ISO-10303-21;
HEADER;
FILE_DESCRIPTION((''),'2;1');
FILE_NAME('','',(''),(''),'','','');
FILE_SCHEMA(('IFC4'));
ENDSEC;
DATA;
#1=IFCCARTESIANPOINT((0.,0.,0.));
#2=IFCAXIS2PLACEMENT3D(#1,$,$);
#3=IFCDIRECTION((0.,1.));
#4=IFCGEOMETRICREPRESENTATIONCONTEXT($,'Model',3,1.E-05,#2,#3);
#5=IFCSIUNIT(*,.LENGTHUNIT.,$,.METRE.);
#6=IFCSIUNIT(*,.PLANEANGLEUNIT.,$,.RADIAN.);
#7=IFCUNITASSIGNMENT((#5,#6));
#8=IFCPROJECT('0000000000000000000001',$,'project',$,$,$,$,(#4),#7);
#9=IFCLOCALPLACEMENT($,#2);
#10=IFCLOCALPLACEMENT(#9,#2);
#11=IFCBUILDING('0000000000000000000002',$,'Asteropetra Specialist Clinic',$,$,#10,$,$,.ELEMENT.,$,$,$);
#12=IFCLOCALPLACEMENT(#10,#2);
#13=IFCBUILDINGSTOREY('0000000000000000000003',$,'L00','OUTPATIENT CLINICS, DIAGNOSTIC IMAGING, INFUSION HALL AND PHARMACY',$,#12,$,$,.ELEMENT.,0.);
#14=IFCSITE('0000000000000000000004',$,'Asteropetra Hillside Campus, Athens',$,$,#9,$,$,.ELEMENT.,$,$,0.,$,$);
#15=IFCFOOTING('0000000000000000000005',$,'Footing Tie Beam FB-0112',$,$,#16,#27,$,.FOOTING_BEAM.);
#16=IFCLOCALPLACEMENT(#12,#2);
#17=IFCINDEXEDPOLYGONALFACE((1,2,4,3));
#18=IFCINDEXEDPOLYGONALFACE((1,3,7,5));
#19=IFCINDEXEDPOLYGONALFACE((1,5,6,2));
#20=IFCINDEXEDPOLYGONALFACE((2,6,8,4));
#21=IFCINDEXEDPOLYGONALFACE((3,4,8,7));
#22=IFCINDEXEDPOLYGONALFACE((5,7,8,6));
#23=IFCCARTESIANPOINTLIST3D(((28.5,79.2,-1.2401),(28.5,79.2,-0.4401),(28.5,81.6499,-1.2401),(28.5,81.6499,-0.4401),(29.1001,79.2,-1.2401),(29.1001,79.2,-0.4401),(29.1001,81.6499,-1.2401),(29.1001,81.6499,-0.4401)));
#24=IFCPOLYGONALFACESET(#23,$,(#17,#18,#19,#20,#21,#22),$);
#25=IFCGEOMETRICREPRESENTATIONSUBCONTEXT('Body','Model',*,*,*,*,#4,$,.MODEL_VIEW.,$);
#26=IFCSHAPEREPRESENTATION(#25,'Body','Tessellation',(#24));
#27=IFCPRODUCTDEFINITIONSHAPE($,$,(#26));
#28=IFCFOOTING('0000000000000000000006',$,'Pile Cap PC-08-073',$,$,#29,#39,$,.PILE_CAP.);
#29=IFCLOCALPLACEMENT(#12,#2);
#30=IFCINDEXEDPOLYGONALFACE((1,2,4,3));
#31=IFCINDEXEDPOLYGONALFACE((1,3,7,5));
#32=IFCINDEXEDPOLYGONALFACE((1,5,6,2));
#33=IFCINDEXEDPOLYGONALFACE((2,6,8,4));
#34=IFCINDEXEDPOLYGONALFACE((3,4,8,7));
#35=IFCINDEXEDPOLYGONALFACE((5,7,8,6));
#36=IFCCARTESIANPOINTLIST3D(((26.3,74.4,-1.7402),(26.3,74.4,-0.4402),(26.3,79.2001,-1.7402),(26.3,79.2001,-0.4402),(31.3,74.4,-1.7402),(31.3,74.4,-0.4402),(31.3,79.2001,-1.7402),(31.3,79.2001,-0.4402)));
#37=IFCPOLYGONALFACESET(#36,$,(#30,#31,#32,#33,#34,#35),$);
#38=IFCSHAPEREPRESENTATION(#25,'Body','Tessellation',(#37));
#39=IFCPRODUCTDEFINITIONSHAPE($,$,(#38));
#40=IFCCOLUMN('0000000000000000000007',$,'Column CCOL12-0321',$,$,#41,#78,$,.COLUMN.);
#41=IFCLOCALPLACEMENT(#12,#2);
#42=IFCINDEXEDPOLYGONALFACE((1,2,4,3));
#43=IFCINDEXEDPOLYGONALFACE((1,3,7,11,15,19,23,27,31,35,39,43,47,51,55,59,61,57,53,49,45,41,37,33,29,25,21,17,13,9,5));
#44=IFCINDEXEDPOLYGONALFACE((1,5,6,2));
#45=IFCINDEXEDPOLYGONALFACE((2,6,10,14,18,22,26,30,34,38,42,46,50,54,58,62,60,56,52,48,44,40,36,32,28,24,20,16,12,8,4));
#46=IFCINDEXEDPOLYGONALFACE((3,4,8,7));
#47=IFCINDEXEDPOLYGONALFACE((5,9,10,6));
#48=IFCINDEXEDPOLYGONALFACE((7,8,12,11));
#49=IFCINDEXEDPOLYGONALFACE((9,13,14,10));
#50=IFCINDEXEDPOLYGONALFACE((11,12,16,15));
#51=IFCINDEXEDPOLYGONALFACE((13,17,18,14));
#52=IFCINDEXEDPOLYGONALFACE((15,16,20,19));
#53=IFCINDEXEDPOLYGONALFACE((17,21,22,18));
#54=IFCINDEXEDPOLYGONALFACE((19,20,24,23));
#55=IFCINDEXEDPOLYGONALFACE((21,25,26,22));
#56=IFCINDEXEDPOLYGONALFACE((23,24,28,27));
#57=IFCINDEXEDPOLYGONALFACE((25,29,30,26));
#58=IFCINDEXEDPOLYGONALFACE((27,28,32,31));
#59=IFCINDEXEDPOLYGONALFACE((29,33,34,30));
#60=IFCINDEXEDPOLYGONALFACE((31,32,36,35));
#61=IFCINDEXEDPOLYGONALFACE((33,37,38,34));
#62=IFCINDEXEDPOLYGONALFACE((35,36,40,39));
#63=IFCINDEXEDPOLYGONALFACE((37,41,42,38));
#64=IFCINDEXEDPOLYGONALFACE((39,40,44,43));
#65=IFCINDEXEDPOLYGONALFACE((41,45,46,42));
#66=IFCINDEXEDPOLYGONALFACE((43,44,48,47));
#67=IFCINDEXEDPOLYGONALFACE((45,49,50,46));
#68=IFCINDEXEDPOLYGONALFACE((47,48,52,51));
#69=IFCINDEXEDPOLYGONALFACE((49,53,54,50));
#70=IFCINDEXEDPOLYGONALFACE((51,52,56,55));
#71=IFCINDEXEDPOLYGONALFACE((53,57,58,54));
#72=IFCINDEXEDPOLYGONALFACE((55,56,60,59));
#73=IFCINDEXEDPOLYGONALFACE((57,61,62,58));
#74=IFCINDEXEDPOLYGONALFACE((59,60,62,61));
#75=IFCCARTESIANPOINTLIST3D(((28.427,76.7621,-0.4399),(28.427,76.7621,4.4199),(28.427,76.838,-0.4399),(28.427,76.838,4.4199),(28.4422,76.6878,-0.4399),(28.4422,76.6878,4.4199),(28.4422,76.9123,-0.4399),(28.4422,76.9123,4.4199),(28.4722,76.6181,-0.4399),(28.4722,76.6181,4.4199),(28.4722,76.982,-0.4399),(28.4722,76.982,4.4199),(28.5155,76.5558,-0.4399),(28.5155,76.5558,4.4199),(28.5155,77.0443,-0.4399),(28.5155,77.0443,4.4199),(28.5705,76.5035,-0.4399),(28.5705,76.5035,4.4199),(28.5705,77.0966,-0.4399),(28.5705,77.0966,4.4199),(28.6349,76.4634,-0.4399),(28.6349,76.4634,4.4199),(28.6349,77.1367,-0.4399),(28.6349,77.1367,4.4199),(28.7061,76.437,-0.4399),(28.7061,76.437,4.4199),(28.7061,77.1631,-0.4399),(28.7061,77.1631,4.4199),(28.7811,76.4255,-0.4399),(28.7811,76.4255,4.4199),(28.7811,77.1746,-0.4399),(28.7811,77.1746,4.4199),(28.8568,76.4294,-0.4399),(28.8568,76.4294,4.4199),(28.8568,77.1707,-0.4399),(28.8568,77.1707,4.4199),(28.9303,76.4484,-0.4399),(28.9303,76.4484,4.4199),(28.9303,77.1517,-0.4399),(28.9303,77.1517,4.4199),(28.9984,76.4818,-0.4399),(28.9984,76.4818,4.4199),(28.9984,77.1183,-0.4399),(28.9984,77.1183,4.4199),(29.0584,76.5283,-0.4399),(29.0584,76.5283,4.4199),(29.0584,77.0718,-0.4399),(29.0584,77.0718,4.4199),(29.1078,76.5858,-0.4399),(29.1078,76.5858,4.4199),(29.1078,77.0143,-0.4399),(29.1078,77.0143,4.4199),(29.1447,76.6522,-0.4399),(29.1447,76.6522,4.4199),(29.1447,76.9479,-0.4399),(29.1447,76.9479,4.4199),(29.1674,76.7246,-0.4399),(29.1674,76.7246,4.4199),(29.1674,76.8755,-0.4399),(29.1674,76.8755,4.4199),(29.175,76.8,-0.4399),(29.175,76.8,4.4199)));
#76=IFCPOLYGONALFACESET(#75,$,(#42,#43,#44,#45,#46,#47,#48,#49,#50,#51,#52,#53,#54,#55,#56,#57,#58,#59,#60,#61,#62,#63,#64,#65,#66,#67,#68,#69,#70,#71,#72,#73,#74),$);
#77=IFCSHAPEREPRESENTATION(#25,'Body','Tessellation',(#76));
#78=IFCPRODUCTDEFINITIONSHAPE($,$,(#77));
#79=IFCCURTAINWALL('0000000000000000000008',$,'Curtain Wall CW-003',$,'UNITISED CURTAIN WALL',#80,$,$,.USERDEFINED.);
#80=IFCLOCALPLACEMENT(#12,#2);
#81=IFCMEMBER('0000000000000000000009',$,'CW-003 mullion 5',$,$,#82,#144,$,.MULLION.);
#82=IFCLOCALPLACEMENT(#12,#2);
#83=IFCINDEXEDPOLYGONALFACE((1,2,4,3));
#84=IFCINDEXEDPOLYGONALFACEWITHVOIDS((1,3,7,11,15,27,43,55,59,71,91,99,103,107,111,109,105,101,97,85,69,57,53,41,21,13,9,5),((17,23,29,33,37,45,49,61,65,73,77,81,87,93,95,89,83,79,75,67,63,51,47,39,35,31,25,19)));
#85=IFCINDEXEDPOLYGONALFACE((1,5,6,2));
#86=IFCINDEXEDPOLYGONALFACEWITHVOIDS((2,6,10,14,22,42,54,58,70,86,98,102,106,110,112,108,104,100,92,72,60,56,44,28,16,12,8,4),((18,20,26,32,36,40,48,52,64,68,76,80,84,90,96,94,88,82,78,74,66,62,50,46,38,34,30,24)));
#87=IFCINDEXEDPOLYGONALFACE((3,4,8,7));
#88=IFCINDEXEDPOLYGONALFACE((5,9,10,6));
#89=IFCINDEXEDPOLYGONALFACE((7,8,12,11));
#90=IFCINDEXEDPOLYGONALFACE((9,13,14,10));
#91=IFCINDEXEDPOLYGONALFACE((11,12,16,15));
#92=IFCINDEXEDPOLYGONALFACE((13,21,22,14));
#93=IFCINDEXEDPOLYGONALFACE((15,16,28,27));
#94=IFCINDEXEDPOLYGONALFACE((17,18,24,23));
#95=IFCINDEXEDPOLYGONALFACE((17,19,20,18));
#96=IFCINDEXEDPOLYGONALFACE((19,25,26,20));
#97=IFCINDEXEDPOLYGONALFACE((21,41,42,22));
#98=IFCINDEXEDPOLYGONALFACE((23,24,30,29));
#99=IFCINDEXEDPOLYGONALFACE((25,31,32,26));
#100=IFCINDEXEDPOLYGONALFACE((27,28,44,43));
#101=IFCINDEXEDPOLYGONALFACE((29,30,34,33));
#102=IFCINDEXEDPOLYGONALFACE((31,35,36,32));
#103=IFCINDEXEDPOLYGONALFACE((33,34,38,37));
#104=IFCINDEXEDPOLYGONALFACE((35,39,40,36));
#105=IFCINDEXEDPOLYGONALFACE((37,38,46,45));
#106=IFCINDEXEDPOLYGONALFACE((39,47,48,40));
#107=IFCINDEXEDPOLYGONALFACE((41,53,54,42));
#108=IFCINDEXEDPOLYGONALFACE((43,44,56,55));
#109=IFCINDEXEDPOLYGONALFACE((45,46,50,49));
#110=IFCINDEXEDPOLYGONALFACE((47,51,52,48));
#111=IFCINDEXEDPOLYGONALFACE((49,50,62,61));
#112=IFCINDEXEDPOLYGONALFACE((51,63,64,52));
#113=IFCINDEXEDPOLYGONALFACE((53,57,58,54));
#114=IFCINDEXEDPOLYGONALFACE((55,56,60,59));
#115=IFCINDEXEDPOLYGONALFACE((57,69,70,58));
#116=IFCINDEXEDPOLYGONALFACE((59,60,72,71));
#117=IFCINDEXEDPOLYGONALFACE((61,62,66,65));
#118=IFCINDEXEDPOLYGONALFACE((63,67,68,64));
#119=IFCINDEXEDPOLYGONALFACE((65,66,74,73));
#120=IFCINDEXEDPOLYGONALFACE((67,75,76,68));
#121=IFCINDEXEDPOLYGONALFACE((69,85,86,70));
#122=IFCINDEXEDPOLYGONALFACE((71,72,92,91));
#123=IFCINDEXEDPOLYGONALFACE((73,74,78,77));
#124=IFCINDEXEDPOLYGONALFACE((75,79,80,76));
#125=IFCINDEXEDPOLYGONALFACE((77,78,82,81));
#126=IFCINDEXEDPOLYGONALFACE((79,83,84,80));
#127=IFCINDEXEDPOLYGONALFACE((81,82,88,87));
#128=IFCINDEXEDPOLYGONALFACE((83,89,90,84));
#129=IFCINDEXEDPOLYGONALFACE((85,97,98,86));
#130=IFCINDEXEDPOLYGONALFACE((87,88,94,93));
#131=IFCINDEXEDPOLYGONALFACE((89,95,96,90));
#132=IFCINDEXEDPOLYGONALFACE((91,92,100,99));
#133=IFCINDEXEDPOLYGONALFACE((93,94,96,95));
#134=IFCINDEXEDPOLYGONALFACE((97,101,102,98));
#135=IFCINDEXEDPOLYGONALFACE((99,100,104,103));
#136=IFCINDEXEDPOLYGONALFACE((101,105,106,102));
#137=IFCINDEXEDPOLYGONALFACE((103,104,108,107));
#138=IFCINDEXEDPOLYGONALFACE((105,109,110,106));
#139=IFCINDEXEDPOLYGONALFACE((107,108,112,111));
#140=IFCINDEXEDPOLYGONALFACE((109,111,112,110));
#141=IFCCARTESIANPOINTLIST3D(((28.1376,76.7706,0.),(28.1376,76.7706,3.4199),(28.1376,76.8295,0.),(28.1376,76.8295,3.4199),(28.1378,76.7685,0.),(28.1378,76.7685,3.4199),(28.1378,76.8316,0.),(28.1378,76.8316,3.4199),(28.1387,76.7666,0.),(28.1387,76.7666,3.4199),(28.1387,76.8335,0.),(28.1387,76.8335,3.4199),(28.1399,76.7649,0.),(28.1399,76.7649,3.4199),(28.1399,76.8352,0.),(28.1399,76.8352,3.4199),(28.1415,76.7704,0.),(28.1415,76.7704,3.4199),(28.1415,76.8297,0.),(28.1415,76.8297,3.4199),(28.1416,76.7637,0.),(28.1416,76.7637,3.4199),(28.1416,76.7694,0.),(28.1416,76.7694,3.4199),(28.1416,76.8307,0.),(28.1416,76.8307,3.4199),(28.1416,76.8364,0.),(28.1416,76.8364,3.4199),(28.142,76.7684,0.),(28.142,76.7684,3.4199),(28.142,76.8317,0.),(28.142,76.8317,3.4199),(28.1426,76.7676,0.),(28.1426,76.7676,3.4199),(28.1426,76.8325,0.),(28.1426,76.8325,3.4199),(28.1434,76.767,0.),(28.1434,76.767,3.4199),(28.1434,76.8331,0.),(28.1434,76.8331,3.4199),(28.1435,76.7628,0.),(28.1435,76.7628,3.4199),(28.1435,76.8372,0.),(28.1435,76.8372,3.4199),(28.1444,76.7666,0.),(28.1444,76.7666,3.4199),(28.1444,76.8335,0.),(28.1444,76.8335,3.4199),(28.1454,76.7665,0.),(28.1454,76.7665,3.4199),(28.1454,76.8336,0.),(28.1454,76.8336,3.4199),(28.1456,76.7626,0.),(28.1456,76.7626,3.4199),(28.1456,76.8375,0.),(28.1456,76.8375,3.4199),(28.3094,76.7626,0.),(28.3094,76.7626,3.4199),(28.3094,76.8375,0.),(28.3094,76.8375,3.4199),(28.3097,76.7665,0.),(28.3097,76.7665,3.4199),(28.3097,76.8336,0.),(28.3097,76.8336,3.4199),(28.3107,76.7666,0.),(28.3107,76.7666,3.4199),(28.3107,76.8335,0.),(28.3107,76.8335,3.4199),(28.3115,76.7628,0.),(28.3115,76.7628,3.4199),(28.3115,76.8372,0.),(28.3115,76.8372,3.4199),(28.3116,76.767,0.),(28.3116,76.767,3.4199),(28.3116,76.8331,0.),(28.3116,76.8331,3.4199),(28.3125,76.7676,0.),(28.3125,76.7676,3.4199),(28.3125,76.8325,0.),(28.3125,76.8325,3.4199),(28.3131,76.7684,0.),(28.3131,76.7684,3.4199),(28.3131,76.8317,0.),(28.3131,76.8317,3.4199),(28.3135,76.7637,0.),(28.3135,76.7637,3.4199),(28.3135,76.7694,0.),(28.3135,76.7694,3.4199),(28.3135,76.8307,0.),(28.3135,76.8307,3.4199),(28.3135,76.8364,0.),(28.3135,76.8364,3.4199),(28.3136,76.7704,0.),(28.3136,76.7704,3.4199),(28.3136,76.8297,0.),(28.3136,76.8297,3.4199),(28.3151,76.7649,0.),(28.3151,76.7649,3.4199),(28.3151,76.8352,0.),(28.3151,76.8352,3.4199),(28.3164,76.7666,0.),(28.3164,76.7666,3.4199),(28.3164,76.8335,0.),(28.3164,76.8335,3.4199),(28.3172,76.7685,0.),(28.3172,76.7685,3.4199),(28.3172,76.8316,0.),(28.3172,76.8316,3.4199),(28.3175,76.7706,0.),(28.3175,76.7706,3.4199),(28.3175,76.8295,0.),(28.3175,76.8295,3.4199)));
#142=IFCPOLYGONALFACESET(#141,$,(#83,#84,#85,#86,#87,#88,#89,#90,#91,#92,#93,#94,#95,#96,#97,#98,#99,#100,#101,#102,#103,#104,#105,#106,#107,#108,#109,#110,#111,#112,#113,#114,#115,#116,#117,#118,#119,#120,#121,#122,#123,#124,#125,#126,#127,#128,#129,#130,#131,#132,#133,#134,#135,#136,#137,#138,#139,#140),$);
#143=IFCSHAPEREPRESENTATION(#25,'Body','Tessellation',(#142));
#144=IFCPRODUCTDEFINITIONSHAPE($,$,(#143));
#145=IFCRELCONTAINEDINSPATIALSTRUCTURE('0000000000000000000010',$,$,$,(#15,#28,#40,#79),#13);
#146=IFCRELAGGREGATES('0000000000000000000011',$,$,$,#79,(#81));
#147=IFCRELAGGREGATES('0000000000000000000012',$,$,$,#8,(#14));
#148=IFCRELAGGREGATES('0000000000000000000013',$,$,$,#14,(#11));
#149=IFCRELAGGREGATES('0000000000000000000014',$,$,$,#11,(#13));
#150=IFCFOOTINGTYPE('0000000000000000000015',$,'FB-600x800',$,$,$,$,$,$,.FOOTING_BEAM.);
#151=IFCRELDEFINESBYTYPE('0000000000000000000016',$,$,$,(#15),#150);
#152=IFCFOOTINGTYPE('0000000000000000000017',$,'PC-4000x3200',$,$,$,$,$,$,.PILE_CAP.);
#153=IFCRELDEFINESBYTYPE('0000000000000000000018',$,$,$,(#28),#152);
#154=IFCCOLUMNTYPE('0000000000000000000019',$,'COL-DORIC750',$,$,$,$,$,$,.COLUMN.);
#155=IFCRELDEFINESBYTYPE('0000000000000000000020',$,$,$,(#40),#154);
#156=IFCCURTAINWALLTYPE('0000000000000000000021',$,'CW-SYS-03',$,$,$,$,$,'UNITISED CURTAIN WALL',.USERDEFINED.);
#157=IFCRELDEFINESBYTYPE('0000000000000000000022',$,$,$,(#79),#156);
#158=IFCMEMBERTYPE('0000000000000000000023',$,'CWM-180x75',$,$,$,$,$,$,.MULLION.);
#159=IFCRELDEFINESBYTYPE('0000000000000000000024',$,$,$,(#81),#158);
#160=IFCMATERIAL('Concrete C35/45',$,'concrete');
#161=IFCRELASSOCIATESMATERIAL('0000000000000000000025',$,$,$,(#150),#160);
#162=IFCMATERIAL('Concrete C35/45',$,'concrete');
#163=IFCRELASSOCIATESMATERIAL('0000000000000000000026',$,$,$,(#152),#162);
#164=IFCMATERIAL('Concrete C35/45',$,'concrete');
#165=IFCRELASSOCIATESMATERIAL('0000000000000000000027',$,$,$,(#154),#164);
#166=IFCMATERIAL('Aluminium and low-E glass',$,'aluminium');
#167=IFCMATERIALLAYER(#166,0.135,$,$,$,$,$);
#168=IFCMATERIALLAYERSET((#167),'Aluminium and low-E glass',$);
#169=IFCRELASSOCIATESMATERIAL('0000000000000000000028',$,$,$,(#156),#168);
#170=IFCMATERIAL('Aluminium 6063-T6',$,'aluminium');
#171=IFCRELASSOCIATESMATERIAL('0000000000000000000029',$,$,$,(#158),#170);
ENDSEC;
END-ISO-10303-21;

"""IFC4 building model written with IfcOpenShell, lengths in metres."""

from ifc_helpers import new_model, si_unit, direction, frame, origin, origin_2d, place, context, subcontext, project, spatial, rectangle, hollow_rectangle, circle, extrude, material, layer, layer_set, material_profile, profile_set, type_object, element, aggregate, save


model = new_model("IFC4")

# Units and contexts
model_context = context("Model", 3, precision=1e-05, world=origin(), true_north=direction((0.0, 1.0)))
body_context = subcontext(model_context, "Body", "Model", "MODEL_VIEW")
ifc_project = project(units=[si_unit("LENGTHUNIT", "METRE"), si_unit("PLANEANGLEUNIT", "RADIAN")], contexts=[model_context])

# Site, building, storey
site_placement = place(None, origin())
site = spatial("IfcSite", under=ifc_project, at=site_placement, Name="Asteropetra Hillside Campus, Athens", CompositionType="ELEMENT", RefElevation=0.0)
building_placement = place(site_placement, origin())
building = spatial("IfcBuilding", under=site, at=building_placement, Name="Asteropetra Specialist Clinic", CompositionType="ELEMENT")
storey_placement = place(building_placement, origin())
storey = spatial("IfcBuildingStorey", under=building, at=storey_placement, Name="L00", Description="OUTPATIENT CLINICS, DIAGNOSTIC IMAGING, INFUSION HALL AND PHARMACY", CompositionType="ELEMENT", Elevation=0.0)

# Footings
ifc_material_1 = material(Name="Concrete C35/45", Category="concrete")
ifc_material_profile_1 = material_profile(ifc_material_1, rectangle(XDim=0.6001, YDim=0.8, at=origin_2d()), Name="FB 600x800")
ifc_profile_set_1 = profile_set([ifc_material_profile_1], Name="Concrete C35/45")
footing_type_1 = type_object("IfcFootingType", Name="FB-600x800", PredefinedType="FOOTING_BEAM", material=ifc_profile_set_1)
footing_1_placement = place(storey_placement, frame((28.8, 79.2, -0.8401), z_axis=(0.0, 1.0, 0.0), x_axis=(-1.0, 0.0, 0.0)))
element("IfcFooting", 1, at=footing_1_placement, inside=storey, type_object=footing_type_1, Name="Footing Tie Beam FB-0112", PredefinedType="FOOTING_BEAM", context=body_context, shape_type="SweptSolid", body=[
    extrude(rectangle(XDim=0.6001, YDim=0.8, at=origin_2d()), origin(), (0.0, 0.0, 1.0), 2.45),
])
ifc_material_2 = material(Name="Concrete C35/45", Category="concrete")
footing_type_2 = type_object("IfcFootingType", Name="PC-4000x3200", PredefinedType="PILE_CAP", material=ifc_material_2)
footing_2_placement = place(storey_placement, frame((28.8, 76.8, -1.7402), z_axis=(0.0, 0.0, 1.0), x_axis=(1.0, 0.0, 0.0)))
element("IfcFooting", 2, at=footing_2_placement, inside=storey, type_object=footing_type_2, Name="Pile Cap PC-08-073", PredefinedType="PILE_CAP", context=body_context, shape_type="SweptSolid", body=[
    extrude(rectangle(XDim=5.0, YDim=4.8, at=origin_2d()), origin(), (0.0, 0.0, 1.0), 1.3),
])

# Column
ifc_material_3 = material(Name="Concrete C35/45", Category="concrete")
ifc_material_profile_2 = material_profile(ifc_material_3, circle(Radius=0.375, at=origin_2d()), Name="RCC D750")
ifc_profile_set_2 = profile_set([ifc_material_profile_2], Name="Concrete C35/45")
column_type = type_object("IfcColumnType", Name="COL-DORIC750", PredefinedType="COLUMN", material=ifc_profile_set_2)
column_placement = place(storey_placement, frame((28.8, 76.8, -0.4399), z_axis=(0.0, 0.0, 1.0), x_axis=(1.0, 0.0, 0.0)))
element("IfcColumn", 3, at=column_placement, inside=storey, type_object=column_type, Name="Column CCOL12-0321", PredefinedType="COLUMN", context=body_context, shape_type="SweptSolid", body=[
    extrude(circle(Radius=0.375, at=origin_2d()), origin(), (0.0, 0.0, 1.0), 4.8599),
])

# Curtain wall, member
ifc_material_4 = material(Name="Aluminium and low-E glass", Category="aluminium")
ifc_layer_1 = layer(ifc_material_4, 0.135)
ifc_layer_set_1 = layer_set([ifc_layer_1], Name="Aluminium and low-E glass")
curtain_wall_type_1 = type_object("IfcCurtainWallType", Name="CW-SYS-03", ElementType="UNITISED CURTAIN WALL", PredefinedType="USERDEFINED", material=ifc_layer_set_1)
curtain_wall_1_placement = place(storey_placement, origin())
curtain_wall_1 = element("IfcCurtainWall", 4, at=curtain_wall_1_placement, inside=storey, type_object=curtain_wall_type_1, Name="Curtain Wall CW-003", ObjectType="UNITISED CURTAIN WALL", PredefinedType="USERDEFINED")
ifc_material_5 = material(Name="Aluminium 6063-T6", Category="aluminium")
ifc_material_profile_3 = material_profile(ifc_material_5, hollow_rectangle(XDim=0.075, YDim=0.1799, WallThickness=0.0039, InnerFilletRadius=0.0039, OuterFilletRadius=0.0081, at=origin_2d()), Name="MUL 180x75x4.0")
ifc_profile_set_3 = profile_set([ifc_material_profile_3], Name="Aluminium 6063-T6")
member_type_1 = type_object("IfcMemberType", Name="CWM-180x75", PredefinedType="MULLION", material=ifc_profile_set_3)
member_1_placement = place(storey_placement, frame((28.2275, 76.8, 0.0), z_axis=(0.0, 0.0, 1.0), x_axis=(0.0, 1.0, 0.0)))
member_1 = element("IfcMember", 5, at=member_1_placement, type_object=member_type_1, Name="CW-003 mullion 5", PredefinedType="MULLION", context=body_context, shape_type="SweptSolid", body=[
    extrude(hollow_rectangle(XDim=0.075, YDim=0.1799, WallThickness=0.0039, InnerFilletRadius=0.0039, OuterFilletRadius=0.0081, at=origin_2d()), origin(), (0.0, 0.0, 1.0), 3.4199),
])
aggregate(curtain_wall_1, [member_1])

save(model, "model.ifc")
